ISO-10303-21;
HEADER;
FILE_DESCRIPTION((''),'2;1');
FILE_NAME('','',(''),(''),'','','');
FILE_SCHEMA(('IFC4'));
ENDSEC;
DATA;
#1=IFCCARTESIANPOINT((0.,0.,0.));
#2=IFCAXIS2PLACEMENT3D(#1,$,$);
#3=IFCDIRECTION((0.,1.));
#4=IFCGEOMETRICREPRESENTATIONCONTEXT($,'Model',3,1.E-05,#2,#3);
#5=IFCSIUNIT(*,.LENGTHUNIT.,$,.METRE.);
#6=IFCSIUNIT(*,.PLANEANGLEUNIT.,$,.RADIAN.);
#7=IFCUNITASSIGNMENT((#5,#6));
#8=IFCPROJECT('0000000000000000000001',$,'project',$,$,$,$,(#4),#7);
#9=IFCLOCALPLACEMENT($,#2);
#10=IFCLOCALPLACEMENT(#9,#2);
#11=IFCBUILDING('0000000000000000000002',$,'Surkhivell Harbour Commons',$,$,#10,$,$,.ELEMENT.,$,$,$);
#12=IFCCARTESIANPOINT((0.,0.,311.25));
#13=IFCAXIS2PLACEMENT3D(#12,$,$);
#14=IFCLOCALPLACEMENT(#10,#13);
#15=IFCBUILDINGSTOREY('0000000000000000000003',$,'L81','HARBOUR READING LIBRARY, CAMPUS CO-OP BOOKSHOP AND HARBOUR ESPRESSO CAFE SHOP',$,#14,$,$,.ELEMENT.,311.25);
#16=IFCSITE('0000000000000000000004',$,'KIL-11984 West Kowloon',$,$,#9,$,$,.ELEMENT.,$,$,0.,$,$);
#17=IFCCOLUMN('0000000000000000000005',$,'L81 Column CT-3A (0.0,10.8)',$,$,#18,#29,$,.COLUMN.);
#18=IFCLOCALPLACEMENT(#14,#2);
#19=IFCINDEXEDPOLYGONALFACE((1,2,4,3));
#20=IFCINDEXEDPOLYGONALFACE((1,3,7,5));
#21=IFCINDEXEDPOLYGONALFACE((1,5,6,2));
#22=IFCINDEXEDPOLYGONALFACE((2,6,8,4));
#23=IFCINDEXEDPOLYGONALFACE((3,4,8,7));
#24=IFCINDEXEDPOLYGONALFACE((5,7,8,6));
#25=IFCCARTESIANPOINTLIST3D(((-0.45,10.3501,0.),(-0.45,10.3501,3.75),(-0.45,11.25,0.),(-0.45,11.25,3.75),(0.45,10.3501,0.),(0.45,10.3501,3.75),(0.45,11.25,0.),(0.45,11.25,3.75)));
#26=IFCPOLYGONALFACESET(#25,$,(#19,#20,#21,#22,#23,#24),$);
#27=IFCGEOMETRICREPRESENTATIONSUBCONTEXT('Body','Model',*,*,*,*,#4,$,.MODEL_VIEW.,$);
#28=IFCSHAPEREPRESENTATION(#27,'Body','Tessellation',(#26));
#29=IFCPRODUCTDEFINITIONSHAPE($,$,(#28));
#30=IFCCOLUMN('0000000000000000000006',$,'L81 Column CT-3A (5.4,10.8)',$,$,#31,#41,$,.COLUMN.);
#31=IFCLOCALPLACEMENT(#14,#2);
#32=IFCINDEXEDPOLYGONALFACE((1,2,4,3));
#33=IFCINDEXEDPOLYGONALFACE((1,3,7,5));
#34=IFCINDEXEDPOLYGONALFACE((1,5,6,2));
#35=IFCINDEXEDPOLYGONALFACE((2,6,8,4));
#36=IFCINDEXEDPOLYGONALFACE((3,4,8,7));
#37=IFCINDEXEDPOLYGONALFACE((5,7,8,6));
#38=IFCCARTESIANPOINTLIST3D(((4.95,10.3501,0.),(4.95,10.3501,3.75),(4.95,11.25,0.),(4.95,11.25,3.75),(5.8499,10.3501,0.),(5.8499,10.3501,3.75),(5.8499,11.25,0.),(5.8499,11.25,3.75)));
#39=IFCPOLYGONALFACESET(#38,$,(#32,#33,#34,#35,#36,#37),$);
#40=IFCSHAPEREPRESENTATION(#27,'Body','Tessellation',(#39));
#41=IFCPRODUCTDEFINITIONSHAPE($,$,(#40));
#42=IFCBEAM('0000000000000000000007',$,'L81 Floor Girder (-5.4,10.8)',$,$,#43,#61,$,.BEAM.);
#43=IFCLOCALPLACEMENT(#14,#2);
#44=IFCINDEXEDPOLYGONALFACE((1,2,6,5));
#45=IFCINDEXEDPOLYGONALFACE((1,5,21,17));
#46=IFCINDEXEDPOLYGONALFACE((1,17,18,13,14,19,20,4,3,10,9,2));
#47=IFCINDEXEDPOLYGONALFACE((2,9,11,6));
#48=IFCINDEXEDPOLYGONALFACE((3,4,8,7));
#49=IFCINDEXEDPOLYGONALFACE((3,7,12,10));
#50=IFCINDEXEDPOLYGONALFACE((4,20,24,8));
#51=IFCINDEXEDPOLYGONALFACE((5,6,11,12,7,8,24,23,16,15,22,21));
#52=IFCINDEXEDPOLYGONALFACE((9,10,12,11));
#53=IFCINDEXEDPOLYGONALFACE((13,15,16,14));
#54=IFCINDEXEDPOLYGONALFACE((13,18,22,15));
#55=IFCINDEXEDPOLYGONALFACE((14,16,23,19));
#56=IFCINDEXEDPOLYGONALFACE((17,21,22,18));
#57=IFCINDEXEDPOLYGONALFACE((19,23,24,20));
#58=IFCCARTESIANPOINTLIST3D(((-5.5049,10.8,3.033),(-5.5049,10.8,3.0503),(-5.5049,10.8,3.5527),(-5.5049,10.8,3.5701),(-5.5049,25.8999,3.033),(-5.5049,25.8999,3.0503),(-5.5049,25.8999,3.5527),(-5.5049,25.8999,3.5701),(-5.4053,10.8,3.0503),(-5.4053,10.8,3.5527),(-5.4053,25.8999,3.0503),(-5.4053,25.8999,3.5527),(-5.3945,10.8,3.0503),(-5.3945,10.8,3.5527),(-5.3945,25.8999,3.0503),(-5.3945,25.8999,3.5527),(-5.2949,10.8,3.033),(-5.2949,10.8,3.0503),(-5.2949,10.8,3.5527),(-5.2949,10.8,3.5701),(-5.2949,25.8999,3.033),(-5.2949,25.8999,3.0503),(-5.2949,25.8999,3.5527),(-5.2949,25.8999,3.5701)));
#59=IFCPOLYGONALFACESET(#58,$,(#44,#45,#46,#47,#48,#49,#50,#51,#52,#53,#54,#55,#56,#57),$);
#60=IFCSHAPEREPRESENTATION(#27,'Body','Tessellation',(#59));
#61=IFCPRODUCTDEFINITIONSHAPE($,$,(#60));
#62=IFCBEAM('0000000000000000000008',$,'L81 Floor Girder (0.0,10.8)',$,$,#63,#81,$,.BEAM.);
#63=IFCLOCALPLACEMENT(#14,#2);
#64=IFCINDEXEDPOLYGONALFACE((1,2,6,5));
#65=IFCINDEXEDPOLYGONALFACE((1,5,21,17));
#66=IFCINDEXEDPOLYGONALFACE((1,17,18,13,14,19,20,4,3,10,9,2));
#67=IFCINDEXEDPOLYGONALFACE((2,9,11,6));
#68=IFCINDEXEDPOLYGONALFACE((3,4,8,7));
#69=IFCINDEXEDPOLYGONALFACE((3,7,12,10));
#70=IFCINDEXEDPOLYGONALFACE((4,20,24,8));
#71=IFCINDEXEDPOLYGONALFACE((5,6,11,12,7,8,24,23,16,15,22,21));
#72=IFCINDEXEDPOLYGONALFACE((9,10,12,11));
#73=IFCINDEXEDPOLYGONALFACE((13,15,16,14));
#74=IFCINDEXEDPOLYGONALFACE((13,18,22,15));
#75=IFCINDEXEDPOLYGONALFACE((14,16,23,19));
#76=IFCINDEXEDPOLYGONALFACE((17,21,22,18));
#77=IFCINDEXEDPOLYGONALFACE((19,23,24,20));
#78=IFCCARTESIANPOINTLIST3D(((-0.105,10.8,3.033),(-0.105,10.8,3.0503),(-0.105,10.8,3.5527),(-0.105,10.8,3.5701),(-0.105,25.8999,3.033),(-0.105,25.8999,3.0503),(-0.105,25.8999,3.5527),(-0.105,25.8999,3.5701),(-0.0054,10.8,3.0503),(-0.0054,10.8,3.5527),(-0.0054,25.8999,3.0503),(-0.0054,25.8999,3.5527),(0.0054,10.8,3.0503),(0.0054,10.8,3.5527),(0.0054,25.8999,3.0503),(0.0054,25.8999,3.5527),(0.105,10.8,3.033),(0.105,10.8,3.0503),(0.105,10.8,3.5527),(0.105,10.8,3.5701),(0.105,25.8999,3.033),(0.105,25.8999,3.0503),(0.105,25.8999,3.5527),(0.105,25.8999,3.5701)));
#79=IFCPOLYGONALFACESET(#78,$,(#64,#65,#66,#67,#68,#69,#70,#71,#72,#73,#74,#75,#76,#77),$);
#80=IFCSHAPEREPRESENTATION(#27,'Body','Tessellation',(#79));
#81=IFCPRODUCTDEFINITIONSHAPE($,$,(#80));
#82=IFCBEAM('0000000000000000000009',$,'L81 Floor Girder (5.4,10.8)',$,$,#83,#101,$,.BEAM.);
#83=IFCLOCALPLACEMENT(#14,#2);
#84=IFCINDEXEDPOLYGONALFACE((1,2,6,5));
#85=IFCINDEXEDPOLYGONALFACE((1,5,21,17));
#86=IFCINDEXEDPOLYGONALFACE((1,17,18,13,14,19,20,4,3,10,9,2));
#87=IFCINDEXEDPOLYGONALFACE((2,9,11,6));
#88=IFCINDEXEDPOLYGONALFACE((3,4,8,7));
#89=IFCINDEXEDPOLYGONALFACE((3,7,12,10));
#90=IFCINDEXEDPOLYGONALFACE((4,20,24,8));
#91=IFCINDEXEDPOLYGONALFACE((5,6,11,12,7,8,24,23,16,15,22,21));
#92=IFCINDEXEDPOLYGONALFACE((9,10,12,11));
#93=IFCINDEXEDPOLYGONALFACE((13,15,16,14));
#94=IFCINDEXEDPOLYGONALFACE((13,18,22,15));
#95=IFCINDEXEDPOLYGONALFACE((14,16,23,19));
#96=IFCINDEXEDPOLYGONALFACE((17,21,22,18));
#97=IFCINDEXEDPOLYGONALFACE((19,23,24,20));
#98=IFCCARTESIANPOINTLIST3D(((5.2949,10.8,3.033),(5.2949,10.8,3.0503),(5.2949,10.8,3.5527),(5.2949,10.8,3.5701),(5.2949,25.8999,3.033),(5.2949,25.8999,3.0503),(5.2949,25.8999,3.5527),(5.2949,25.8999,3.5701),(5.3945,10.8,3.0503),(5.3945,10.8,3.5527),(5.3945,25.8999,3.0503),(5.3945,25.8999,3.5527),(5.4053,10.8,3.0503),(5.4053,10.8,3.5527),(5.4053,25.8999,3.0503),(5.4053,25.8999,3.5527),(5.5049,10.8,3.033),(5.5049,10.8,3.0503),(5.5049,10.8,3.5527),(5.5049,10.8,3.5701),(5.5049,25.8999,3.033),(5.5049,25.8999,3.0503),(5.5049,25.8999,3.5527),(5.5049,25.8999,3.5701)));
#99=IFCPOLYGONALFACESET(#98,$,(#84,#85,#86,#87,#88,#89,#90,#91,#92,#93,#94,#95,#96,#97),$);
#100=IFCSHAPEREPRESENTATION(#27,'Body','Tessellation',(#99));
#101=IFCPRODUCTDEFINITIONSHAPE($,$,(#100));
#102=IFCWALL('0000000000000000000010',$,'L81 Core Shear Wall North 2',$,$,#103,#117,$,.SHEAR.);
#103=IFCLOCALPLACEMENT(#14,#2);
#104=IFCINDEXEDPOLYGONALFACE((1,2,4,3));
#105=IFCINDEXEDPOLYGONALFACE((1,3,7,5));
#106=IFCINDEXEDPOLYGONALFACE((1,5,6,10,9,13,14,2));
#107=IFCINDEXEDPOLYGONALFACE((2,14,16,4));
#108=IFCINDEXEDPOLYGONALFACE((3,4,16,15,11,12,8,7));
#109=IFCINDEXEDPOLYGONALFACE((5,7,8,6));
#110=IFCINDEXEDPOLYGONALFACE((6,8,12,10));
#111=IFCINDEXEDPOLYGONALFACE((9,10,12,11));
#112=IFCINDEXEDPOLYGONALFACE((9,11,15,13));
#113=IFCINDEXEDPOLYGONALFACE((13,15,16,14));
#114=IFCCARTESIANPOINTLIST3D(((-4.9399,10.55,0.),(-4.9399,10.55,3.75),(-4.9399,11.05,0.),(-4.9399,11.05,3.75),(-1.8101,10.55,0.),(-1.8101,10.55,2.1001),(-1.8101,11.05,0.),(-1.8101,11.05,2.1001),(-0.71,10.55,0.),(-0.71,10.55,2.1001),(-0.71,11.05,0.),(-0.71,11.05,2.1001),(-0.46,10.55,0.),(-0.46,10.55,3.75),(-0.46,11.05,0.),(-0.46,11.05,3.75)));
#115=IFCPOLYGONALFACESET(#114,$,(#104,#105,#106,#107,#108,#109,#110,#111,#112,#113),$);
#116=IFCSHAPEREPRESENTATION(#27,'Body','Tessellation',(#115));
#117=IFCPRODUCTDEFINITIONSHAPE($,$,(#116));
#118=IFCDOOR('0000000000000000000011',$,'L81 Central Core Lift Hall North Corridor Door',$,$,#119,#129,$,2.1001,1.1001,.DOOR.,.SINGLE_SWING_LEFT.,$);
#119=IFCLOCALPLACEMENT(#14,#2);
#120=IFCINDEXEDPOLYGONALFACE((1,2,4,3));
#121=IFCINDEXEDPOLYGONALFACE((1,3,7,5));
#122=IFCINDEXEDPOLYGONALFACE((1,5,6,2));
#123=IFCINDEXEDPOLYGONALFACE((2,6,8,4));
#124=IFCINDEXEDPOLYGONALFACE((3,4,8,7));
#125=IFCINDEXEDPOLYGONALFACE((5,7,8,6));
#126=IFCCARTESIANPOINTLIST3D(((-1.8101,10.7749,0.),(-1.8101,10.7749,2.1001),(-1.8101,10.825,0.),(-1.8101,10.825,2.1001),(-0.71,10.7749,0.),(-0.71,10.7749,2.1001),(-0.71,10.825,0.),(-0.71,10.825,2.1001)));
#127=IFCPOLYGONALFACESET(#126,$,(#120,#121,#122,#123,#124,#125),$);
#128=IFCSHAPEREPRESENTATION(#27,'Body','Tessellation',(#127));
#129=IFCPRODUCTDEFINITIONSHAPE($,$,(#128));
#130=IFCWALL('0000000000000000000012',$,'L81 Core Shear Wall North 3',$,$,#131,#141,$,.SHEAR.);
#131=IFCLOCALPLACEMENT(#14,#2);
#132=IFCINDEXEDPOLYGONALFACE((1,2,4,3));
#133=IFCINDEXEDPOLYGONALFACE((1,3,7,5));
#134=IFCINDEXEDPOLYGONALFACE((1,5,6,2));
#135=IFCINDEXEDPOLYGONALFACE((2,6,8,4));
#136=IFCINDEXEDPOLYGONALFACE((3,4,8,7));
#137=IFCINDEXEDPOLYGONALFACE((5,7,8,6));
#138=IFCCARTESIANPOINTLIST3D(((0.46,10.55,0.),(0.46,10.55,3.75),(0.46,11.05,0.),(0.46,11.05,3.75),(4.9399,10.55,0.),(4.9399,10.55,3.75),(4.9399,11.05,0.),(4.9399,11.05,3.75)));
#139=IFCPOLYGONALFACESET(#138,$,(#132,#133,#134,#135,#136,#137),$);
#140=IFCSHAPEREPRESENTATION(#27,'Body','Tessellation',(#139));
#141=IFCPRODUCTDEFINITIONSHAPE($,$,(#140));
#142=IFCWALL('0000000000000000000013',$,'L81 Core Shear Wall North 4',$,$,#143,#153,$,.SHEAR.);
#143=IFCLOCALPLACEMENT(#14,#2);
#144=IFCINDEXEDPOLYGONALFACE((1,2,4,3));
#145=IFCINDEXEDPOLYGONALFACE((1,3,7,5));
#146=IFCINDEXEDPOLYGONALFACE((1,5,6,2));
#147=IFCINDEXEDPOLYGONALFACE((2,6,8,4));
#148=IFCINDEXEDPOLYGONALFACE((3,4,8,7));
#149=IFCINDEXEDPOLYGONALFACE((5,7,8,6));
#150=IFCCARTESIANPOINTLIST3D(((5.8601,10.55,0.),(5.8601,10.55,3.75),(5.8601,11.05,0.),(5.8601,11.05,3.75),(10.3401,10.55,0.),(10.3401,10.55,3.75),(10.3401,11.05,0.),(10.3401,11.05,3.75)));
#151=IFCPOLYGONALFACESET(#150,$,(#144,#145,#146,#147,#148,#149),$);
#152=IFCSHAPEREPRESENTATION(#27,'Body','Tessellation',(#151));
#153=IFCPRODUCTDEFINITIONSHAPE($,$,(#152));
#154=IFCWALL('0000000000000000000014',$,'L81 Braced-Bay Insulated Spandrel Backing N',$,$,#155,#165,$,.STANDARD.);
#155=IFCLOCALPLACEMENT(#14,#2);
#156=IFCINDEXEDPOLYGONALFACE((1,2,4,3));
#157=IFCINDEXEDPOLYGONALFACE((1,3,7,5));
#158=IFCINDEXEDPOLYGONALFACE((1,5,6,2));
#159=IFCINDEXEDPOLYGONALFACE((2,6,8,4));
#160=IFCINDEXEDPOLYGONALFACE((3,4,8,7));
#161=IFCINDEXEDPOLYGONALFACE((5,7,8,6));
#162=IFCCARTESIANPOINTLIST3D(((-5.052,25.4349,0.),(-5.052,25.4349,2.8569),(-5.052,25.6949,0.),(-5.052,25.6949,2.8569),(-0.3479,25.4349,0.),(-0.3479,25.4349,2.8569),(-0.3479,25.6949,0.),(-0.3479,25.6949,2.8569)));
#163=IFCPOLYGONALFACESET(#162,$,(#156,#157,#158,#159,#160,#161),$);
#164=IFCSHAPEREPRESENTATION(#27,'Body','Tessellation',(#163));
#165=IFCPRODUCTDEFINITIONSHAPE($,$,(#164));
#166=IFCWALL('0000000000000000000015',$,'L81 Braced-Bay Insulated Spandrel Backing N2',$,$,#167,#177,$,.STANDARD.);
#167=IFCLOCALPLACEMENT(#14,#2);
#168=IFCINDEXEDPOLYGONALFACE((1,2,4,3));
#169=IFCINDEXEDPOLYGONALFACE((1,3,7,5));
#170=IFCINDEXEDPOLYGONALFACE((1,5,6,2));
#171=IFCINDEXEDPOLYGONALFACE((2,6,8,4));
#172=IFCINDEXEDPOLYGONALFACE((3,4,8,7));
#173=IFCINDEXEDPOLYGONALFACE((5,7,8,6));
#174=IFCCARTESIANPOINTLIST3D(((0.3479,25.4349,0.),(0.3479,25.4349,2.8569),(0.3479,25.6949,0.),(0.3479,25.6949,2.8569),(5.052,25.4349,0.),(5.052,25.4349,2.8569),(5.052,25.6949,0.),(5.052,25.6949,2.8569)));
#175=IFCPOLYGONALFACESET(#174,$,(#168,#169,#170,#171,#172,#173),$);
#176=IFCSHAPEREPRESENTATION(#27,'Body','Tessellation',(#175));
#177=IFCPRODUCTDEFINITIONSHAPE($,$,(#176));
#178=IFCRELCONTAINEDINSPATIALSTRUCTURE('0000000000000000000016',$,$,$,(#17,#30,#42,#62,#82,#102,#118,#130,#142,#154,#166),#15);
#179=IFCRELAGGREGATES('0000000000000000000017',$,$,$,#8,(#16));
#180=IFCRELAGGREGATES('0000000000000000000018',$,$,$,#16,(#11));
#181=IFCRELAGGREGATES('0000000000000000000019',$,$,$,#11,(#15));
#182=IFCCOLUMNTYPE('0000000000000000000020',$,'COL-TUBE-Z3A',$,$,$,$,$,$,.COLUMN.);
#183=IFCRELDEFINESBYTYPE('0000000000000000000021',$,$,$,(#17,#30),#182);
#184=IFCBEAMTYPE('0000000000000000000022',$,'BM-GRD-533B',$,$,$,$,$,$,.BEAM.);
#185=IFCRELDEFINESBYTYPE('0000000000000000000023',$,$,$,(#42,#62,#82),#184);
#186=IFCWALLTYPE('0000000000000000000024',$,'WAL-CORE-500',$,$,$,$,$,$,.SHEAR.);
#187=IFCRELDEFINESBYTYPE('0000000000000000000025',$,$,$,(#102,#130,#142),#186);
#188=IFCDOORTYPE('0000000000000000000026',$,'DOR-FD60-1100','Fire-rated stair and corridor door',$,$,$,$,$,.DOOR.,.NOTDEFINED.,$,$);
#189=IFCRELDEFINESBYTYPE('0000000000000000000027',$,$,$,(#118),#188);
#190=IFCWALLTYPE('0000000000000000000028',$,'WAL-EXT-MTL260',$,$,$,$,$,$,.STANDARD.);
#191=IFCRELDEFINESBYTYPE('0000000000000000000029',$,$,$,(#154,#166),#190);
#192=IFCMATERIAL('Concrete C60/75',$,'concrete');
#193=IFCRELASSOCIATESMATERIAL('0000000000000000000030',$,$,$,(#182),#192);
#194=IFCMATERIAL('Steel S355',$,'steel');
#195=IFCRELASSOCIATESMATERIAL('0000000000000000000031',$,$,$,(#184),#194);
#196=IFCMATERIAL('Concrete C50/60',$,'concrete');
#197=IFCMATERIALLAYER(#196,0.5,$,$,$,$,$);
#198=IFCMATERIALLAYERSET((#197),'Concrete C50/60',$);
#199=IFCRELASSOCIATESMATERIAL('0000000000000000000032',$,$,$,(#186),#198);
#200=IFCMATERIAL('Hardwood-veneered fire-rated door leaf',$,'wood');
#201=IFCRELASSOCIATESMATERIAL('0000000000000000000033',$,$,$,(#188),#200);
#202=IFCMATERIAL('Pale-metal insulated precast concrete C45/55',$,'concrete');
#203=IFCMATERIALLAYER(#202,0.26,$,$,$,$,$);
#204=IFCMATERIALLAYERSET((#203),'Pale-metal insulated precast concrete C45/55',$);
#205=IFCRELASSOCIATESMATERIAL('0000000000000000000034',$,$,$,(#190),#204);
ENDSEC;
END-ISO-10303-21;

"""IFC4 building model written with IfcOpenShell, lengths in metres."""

from ifc_helpers import new_model, si_unit, direction, frame, frame_2d, origin, origin_2d, place, context, subcontext, project, spatial, rectangle, i_section, extrude, material, layer, layer_set, material_profile, profile_set, type_object, element, fill, save


model = new_model("IFC4")

# Units and contexts
model_context = context("Model", 3, precision=1e-05, world=origin(), true_north=direction((0.0, 1.0)))
body_context = subcontext(model_context, "Body", "Model", "MODEL_VIEW")
ifc_project = project(units=[si_unit("LENGTHUNIT", "METRE"), si_unit("PLANEANGLEUNIT", "RADIAN")], contexts=[model_context])

# Site, building, storey
site_placement = place(None, origin())
site = spatial("IfcSite", under=ifc_project, at=site_placement, Name="KIL-11984 West Kowloon", CompositionType="ELEMENT", RefElevation=0.0)
building_placement = place(site_placement, origin())
building = spatial("IfcBuilding", under=site, at=building_placement, Name="Surkhivell Harbour Commons", CompositionType="ELEMENT")
storey_placement = place(building_placement, frame((0.0, 0.0, 311.25)))
storey = spatial("IfcBuildingStorey", under=building, at=storey_placement, Name="L81", Description="HARBOUR READING LIBRARY, CAMPUS CO-OP BOOKSHOP AND HARBOUR ESPRESSO CAFE SHOP", CompositionType="ELEMENT", Elevation=311.25)

# Columns
ifc_material_1 = material(Name="Concrete C60/75", Category="concrete")
ifc_material_profile_1 = material_profile(ifc_material_1, rectangle(XDim=0.8999, YDim=0.8999, at=origin_2d()), Name="RC-COL-900x900")
ifc_profile_set_1 = profile_set([ifc_material_profile_1], Name="Concrete C60/75")
column_type = type_object("IfcColumnType", Name="COL-TUBE-Z3A", PredefinedType="COLUMN", material=ifc_profile_set_1)
for number, where, z_axis, x_axis, name in (
    (1, (0.0, 10.8, 0.0), (0.0, 0.0, 1.0), (1.0, 0.0, 0.0), "L81 Column CT-3A (0.0,10.8)"),
    (2, (5.3999, 10.8, 0.0), (0.0, 0.0, 1.0), (1.0, 0.0, 0.0), "L81 Column CT-3A (5.4,10.8)"),
):
    element("IfcColumn", number, at=place(storey_placement, frame(where, z_axis=z_axis, x_axis=x_axis)), inside=storey, type_object=column_type, Name=name, PredefinedType="COLUMN", context=body_context, shape_type="SweptSolid", body=[
        extrude(rectangle(XDim=0.8999, YDim=0.8999, at=origin_2d()), origin(), (0.0, 0.0, 1.0), 3.75),
    ])

# Beams
ifc_material_2 = material(Name="Steel S355", Category="steel")
ifc_material_profile_2 = material_profile(ifc_material_2, i_section(OverallWidth=0.21, OverallDepth=0.5371, WebThickness=0.0107, FlangeThickness=0.0173, at=origin_2d()), Name="UB533x210x101")
ifc_profile_set_2 = profile_set([ifc_material_profile_2], Name="Steel S355")
beam_type = type_object("IfcBeamType", Name="BM-GRD-533B", PredefinedType="BEAM", material=ifc_profile_set_2)
for number, where, z_axis, x_axis, name in (
    (3, (-5.3999, 10.8, 3.3015), (0.0, 1.0, 0.0), (-1.0, 0.0, 0.0), "L81 Floor Girder (-5.4,10.8)"),
    (4, (0.0, 10.8, 3.3015), (0.0, 1.0, 0.0), (-1.0, 0.0, 0.0), "L81 Floor Girder (0.0,10.8)"),
    (5, (5.3999, 10.8, 3.3015), (0.0, 1.0, 0.0), (-1.0, 0.0, 0.0), "L81 Floor Girder (5.4,10.8)"),
):
    element("IfcBeam", number, at=place(storey_placement, frame(where, z_axis=z_axis, x_axis=x_axis)), inside=storey, type_object=beam_type, Name=name, PredefinedType="BEAM", context=body_context, shape_type="SweptSolid", body=[
        extrude(i_section(OverallWidth=0.21, OverallDepth=0.5371, WebThickness=0.0107, FlangeThickness=0.0173, at=origin_2d()), origin(), (0.0, 0.0, 1.0), 15.0999),
    ])

# Wall, opening, door
ifc_material_3 = material(Name="Concrete C50/60", Category="concrete")
ifc_layer_1 = layer(ifc_material_3, 0.5)
ifc_layer_set_1 = layer_set([ifc_layer_1], Name="Concrete C50/60")
wall_type_1 = type_object("IfcWallType", Name="WAL-CORE-500", PredefinedType="SHEAR", material=ifc_layer_set_1)
wall_1_placement = place(storey_placement, frame((-4.9399, 10.8, 0.0), z_axis=(0.0, 0.0, 1.0), x_axis=(1.0, 0.0, 0.0)))
wall_1 = element("IfcWall", 6, at=wall_1_placement, inside=storey, type_object=wall_type_1, Name="L81 Core Shear Wall North 2", PredefinedType="SHEAR", context=body_context, shape_type="SweptSolid", body=[
    extrude(rectangle(XDim=4.48, YDim=0.5, at=frame_2d((2.24, 0.0))), origin(), (0.0, 0.0, 1.0), 3.75),
])
opening_1_placement = place(wall_1_placement, frame((3.1299, 0.0, 0.0)))
opening_1 = element("IfcOpeningElement", 7, at=opening_1_placement, cuts=wall_1, PredefinedType="OPENING", context=body_context, shape_type="SweptSolid", body=[
    extrude(rectangle(XDim=1.1001, YDim=2.1001, at=frame_2d((0.55, 1.05))), frame((0.0, 0.26, 0.0), z_axis=(0.0, -1.0, 0.0), x_axis=(1.0, 0.0, 0.0)), (0.0, 0.0, 1.0), 0.52),
])
ifc_material_4 = material(Name="Hardwood-veneered fire-rated door leaf", Category="wood")
door_type_1 = type_object("IfcDoorType", Name="DOR-FD60-1100", Description="Fire-rated stair and corridor door", OperationType="NOTDEFINED", PredefinedType="DOOR", material=ifc_material_4)
door_1_placement = place(opening_1_placement, origin())
door_1 = element("IfcDoor", 8, at=door_1_placement, inside=storey, type_object=door_type_1, Name="L81 Central Core Lift Hall North Corridor Door", OperationType="SINGLE_SWING_LEFT", OverallHeight=2.1001, OverallWidth=1.1001, PredefinedType="DOOR", context=body_context, shape_type="SweptSolid", body=[
    extrude(rectangle(XDim=1.1001, YDim=2.1001, at=frame_2d((0.55, 1.05))), frame((0.0, 0.0249, 0.0), z_axis=(0.0, -1.0, 0.0), x_axis=(1.0, 0.0, 0.0)), (0.0, 0.0, 1.0), 0.05),
])
fill(opening_1, door_1)

# Walls
for number, where, z_axis, x_axis, name in (
    (9, (0.46, 10.8, 0.0), (0.0, 0.0, 1.0), (1.0, 0.0, 0.0), "L81 Core Shear Wall North 3"),
    (10, (5.8601, 10.8, 0.0), (0.0, 0.0, 1.0), (1.0, 0.0, 0.0), "L81 Core Shear Wall North 4"),
):
    element("IfcWall", number, at=place(storey_placement, frame(where, z_axis=z_axis, x_axis=x_axis)), inside=storey, type_object=wall_type_1, Name=name, PredefinedType="SHEAR", context=body_context, shape_type="SweptSolid", body=[
        extrude(rectangle(XDim=4.48, YDim=0.5, at=frame_2d((2.24, 0.0))), origin(), (0.0, 0.0, 1.0), 3.75),
    ])
ifc_material_5 = material(Name="Pale-metal insulated precast concrete C45/55", Category="concrete")
ifc_layer_2 = layer(ifc_material_5, 0.26)
ifc_layer_set_2 = layer_set([ifc_layer_2], Name="Pale-metal insulated precast concrete C45/55")
wall_type_2 = type_object("IfcWallType", Name="WAL-EXT-MTL260", PredefinedType="STANDARD", material=ifc_layer_set_2)
for number, where, z_axis, x_axis, name in (
    (11, (-0.3479, 25.5649, 0.0), (0.0, 0.0, 1.0), (-1.0, 0.0, 0.0), "L81 Braced-Bay Insulated Spandrel Backing N"),
    (12, (5.052, 25.5649, 0.0), (0.0, 0.0, 1.0), (-1.0, 0.0, 0.0), "L81 Braced-Bay Insulated Spandrel Backing N2"),
):
    element("IfcWall", number, at=place(storey_placement, frame(where, z_axis=z_axis, x_axis=x_axis)), inside=storey, type_object=wall_type_2, Name=name, PredefinedType="STANDARD", context=body_context, shape_type="SweptSolid", body=[
        extrude(rectangle(XDim=4.7041, YDim=0.26, at=frame_2d((2.3521, 0.0))), origin(), (0.0, 0.0, 1.0), 2.8569),
    ])

save(model, "model.ifc")
